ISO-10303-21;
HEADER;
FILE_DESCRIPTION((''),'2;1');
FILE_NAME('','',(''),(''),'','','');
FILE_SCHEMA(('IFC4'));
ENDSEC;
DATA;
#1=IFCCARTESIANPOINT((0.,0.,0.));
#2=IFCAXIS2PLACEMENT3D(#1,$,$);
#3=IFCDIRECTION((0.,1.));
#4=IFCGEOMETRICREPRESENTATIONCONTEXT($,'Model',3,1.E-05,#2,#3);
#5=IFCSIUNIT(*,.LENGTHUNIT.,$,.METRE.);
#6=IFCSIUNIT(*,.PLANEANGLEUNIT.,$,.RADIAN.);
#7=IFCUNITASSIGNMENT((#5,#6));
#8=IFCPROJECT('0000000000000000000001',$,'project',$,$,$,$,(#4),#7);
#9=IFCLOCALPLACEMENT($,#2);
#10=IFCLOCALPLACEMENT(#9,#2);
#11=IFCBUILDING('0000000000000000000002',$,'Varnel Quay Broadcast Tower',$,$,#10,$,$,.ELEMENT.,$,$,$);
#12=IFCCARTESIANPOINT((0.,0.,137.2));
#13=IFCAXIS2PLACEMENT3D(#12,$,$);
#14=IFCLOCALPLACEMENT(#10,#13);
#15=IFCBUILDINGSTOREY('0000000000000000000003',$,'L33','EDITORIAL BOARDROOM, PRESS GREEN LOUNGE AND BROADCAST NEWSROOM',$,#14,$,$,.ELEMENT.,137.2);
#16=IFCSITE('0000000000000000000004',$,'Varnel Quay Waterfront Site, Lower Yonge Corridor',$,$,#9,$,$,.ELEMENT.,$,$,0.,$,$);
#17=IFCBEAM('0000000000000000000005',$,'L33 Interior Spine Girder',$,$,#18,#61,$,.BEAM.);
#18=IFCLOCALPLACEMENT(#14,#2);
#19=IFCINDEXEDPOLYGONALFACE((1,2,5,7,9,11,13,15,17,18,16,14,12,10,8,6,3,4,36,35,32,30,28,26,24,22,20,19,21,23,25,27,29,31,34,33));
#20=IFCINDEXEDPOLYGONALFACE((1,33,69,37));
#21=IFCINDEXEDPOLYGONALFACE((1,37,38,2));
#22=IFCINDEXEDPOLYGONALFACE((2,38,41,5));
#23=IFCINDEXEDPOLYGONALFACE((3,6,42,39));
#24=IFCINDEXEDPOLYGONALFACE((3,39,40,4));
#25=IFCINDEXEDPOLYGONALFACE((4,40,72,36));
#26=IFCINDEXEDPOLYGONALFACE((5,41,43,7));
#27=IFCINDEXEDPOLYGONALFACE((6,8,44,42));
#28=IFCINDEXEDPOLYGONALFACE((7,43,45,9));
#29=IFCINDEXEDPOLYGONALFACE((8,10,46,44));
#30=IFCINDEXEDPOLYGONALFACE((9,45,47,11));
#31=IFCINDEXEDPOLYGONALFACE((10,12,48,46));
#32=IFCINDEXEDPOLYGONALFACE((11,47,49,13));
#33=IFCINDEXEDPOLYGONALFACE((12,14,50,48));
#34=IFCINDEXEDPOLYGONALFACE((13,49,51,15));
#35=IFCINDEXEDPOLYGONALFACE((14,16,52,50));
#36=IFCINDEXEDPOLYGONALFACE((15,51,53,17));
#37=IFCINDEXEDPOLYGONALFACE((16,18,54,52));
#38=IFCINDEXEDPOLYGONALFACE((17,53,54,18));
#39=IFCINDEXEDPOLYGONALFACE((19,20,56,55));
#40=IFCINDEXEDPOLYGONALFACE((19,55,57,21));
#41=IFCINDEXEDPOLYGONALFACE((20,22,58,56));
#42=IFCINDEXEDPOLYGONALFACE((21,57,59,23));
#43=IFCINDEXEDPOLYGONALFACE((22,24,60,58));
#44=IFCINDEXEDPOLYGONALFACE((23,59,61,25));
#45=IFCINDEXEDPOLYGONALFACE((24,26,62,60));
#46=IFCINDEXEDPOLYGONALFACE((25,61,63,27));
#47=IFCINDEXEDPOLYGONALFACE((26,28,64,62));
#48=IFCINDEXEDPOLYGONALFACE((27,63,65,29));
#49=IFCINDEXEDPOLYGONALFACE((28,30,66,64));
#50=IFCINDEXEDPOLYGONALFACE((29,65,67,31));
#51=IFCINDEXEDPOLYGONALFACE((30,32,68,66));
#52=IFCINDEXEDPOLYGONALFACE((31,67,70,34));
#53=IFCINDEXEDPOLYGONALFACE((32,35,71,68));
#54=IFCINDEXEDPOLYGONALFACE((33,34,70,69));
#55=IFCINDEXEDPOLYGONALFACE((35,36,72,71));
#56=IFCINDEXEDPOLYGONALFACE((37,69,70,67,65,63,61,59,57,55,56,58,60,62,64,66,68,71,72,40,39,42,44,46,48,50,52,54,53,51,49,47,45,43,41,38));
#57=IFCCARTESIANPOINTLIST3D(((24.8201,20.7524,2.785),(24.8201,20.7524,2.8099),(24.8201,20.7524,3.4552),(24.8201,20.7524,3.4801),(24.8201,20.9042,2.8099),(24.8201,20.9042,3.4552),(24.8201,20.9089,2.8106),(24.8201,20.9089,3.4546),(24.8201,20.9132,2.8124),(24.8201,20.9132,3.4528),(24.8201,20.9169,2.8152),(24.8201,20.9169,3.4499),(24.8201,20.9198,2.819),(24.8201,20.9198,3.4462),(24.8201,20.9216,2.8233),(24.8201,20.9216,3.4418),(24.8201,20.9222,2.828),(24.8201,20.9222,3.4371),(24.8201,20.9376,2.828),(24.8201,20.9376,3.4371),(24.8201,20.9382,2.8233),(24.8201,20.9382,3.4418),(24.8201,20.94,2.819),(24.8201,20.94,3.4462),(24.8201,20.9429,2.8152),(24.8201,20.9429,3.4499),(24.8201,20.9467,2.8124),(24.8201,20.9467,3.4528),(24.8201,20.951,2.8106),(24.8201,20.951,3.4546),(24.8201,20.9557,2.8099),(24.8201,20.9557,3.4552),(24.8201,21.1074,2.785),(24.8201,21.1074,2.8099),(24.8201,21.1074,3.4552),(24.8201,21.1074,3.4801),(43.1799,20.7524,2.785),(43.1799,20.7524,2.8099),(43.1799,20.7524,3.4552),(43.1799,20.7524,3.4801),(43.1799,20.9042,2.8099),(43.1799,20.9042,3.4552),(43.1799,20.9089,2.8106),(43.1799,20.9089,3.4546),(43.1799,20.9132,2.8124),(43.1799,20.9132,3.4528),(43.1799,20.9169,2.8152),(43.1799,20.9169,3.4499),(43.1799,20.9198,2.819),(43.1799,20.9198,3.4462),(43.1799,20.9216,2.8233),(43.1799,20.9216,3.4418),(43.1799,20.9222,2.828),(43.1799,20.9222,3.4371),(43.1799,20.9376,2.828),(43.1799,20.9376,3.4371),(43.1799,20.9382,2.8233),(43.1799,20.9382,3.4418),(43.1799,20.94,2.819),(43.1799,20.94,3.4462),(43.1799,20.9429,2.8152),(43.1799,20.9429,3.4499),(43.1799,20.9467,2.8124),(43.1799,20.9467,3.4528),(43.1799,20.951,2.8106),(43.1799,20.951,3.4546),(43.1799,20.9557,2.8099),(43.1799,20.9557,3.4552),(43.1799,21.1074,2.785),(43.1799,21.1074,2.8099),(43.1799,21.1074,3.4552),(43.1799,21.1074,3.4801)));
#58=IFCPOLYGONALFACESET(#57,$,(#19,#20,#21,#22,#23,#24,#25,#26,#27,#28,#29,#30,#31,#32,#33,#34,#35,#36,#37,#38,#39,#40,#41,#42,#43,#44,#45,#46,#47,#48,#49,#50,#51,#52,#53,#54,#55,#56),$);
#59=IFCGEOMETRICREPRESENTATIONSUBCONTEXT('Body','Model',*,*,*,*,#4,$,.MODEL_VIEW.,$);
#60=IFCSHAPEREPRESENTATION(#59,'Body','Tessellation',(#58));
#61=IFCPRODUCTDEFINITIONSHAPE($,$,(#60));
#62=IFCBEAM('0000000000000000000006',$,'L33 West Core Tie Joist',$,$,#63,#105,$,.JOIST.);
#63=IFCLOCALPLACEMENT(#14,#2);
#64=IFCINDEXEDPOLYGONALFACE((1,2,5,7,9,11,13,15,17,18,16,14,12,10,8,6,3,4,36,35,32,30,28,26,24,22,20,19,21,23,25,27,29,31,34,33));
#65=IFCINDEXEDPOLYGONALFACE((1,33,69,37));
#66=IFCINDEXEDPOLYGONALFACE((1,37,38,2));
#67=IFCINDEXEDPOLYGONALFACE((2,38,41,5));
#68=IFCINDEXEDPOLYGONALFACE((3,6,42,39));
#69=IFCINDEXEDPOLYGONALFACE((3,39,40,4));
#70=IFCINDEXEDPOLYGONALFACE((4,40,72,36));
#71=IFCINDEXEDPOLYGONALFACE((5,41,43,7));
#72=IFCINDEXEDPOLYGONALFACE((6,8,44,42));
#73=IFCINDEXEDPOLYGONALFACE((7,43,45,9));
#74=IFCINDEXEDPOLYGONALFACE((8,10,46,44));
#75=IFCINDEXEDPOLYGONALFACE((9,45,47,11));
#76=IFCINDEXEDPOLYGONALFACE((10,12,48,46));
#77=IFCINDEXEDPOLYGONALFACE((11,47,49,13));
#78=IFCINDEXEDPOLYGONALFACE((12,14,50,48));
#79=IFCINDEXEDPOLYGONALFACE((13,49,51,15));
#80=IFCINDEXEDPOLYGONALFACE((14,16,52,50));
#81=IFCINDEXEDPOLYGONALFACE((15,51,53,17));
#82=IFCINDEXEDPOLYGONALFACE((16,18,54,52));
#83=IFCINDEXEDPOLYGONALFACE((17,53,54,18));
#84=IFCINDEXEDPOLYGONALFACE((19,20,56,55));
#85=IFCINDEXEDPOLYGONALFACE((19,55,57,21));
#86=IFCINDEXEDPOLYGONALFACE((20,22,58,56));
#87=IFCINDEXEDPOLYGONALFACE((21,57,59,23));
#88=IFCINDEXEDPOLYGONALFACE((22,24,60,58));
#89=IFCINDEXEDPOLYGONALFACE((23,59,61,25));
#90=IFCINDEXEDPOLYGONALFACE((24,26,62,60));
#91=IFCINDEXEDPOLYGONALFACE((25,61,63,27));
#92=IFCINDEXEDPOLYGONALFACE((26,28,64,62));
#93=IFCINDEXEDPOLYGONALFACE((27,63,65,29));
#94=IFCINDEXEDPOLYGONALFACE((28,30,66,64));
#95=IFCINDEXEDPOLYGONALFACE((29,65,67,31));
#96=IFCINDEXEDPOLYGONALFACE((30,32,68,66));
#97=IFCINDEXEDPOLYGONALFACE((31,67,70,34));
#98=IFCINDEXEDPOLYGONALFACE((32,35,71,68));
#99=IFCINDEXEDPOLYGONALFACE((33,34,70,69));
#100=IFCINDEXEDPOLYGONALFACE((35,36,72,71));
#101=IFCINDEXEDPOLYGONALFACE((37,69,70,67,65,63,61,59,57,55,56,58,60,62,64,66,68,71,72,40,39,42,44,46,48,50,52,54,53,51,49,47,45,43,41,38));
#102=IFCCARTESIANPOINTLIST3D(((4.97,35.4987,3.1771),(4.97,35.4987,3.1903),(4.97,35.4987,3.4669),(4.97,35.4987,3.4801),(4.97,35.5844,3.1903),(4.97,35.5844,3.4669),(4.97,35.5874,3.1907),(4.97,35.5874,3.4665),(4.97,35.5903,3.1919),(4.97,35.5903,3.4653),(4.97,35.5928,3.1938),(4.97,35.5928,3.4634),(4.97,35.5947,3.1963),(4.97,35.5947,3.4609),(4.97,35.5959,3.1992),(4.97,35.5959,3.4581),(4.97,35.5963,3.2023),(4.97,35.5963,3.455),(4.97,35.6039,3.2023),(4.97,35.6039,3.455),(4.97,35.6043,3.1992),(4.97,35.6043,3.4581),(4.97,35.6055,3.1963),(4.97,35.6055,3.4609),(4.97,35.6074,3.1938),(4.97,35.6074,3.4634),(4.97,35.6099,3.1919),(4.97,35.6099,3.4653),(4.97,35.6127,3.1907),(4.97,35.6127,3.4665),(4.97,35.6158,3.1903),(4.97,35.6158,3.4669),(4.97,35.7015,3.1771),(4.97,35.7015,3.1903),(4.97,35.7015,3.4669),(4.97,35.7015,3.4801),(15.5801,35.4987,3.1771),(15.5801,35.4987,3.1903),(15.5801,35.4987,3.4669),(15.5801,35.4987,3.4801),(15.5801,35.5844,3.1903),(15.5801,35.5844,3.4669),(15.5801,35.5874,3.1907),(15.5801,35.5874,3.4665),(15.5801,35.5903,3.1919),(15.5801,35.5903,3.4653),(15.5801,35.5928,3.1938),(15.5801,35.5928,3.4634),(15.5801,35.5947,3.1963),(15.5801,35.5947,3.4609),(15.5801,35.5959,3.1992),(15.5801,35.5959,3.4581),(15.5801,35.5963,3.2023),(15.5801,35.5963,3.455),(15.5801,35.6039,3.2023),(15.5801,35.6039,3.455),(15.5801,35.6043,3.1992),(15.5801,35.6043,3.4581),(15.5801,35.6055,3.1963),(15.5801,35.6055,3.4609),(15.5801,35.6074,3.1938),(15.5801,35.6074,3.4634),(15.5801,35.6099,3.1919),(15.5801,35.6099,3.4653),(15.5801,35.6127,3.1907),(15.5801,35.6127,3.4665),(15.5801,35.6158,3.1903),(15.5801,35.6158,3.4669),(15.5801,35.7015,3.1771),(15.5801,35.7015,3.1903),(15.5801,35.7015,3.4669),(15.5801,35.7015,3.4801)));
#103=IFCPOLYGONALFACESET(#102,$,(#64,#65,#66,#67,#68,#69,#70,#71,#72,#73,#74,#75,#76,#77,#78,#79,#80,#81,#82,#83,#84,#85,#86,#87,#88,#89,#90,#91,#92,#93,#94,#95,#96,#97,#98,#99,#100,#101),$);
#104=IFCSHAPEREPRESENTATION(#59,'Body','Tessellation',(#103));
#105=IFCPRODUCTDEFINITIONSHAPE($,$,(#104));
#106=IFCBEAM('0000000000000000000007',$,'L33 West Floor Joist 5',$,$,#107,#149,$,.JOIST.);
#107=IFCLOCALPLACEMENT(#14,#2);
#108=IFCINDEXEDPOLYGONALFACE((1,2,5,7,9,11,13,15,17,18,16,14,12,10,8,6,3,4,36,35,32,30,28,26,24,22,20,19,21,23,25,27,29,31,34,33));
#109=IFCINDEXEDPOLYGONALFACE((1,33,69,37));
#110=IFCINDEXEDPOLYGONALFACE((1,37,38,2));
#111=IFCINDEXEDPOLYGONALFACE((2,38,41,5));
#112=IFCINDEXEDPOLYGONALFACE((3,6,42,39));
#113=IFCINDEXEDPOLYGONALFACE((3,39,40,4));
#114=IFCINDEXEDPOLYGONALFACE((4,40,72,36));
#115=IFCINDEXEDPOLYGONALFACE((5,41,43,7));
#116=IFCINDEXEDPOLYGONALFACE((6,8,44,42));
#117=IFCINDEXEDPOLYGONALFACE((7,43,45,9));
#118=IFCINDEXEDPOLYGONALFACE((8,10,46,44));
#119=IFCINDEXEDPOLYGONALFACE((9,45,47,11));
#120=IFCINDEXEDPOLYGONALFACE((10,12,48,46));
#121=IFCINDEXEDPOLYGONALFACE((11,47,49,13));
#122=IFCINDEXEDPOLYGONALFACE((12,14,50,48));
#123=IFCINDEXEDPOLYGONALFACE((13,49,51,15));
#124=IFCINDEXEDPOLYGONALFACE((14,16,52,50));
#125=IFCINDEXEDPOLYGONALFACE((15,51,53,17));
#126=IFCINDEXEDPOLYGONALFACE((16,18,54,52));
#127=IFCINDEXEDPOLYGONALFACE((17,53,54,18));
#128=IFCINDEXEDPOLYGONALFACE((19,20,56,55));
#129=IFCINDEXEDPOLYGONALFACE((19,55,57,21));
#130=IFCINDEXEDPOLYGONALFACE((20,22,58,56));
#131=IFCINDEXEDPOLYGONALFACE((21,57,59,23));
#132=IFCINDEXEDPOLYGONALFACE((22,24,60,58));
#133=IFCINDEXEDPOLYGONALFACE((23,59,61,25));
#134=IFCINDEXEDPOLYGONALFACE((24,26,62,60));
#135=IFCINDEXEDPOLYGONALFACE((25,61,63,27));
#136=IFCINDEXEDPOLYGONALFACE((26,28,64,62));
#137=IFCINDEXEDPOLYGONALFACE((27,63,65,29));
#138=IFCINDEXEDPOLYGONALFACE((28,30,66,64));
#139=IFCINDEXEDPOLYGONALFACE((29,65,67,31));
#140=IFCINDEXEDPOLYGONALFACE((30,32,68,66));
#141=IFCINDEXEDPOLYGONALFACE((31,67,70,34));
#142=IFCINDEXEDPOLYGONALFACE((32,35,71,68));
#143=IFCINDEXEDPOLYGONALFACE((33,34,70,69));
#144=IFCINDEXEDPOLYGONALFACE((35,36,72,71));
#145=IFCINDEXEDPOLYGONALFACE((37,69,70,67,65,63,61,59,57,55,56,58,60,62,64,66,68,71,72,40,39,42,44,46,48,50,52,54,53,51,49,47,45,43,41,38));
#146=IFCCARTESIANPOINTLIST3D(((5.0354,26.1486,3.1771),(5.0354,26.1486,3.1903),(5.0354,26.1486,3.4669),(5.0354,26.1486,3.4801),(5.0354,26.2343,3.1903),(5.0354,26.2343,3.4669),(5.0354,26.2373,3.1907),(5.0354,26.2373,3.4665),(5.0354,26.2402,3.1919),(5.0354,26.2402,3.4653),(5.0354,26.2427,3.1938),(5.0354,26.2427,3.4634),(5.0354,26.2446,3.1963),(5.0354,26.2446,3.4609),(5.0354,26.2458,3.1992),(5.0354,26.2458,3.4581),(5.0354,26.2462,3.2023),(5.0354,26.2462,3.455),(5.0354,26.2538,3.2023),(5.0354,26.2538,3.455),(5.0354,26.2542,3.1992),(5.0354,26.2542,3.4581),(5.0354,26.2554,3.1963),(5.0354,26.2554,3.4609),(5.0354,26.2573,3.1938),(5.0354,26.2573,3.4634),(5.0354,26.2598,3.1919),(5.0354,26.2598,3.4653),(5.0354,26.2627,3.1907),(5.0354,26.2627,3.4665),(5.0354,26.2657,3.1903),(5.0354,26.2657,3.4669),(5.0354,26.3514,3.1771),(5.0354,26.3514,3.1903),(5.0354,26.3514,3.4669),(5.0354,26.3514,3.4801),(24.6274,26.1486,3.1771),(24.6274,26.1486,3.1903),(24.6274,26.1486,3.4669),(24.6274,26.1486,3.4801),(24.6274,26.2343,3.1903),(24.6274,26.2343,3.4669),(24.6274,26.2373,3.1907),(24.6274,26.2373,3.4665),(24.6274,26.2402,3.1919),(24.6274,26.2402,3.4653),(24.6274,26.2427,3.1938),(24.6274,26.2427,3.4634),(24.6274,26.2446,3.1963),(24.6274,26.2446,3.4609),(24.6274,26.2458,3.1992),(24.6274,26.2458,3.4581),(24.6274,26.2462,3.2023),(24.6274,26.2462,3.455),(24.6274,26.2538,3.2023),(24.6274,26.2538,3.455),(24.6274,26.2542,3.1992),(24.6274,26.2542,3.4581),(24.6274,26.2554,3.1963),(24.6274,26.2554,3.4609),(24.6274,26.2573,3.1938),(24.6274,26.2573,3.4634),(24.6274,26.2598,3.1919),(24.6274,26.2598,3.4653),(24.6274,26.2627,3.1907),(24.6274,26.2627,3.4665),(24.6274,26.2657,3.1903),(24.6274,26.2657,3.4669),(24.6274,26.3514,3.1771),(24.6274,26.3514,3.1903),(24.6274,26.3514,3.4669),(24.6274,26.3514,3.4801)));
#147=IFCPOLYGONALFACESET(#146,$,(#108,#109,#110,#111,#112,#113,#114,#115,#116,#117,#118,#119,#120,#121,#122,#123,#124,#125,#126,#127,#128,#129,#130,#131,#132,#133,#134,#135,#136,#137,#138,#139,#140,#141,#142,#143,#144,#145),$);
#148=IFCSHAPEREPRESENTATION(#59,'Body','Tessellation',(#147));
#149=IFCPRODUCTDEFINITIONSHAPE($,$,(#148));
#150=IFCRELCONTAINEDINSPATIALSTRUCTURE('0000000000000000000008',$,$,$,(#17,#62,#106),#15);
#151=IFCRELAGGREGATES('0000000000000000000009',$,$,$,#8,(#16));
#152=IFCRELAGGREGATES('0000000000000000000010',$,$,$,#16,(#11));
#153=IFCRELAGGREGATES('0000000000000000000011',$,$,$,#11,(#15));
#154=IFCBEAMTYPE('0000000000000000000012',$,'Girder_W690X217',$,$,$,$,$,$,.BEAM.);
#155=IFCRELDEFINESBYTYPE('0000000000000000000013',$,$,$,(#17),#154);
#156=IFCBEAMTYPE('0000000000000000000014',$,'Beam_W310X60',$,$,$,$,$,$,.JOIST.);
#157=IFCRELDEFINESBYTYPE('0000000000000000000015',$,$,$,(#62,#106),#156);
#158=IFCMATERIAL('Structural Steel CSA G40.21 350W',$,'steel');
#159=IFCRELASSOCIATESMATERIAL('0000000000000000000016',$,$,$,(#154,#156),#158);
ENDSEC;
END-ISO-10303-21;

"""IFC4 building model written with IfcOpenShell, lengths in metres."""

from ifc_helpers import new_model, si_unit, direction, frame, origin, origin_2d, place, context, subcontext, project, spatial, i_section, extrude, source, transform, mapped, material, material_profile, profile_set, type_object, element, save


model = new_model("IFC4")

# Units and contexts
model_context = context("Model", 3, precision=1e-05, world=origin(), true_north=direction((0.0, 1.0)))
body_context = subcontext(model_context, "Body", "Model", "MODEL_VIEW")
ifc_project = project(units=[si_unit("LENGTHUNIT", "METRE"), si_unit("PLANEANGLEUNIT", "RADIAN")], contexts=[model_context])

# Site, building, storey
site_placement = place(None, origin())
site = spatial("IfcSite", under=ifc_project, at=site_placement, Name="Varnel Quay Waterfront Site, Lower Yonge Corridor", CompositionType="ELEMENT", RefElevation=0.0)
building_placement = place(site_placement, origin())
building = spatial("IfcBuilding", under=site, at=building_placement, Name="Varnel Quay Broadcast Tower", CompositionType="ELEMENT")
storey_placement = place(building_placement, frame((0.0, 0.0, 137.2)))
storey = spatial("IfcBuildingStorey", under=building, at=storey_placement, Name="L33", Description="EDITORIAL BOARDROOM, PRESS GREEN LOUNGE AND BROADCAST NEWSROOM", CompositionType="ELEMENT", Elevation=137.2)

# Shared definitions
ifc_material_1 = material(Name="Structural Steel CSA G40.21 350W", Category="steel")

# Beams
ifc_material_profile_1 = material_profile(ifc_material_1, i_section(OverallWidth=0.355, OverallDepth=0.6951, WebThickness=0.0154, FlangeThickness=0.0249, FilletRadius=0.0181, at=origin_2d()), Name="W690X217")
ifc_profile_set_1 = profile_set([ifc_material_profile_1], Name="Structural Steel CSA G40.21 350W")
beam_type_1 = type_object("IfcBeamType", Name="Girder_W690X217", PredefinedType="BEAM", material=ifc_profile_set_1)
shared_shape_1 = source(origin(), body_context, "Body", "SweptSolid", [
    extrude(i_section(OverallWidth=0.355, OverallDepth=0.6951, WebThickness=0.0154, FlangeThickness=0.0249, FilletRadius=0.0181, at=origin_2d()), origin(), (0.0, 0.0, 1.0), 18.3599),
])
beam_1_placement = place(storey_placement, frame((24.8201, 20.9299, 3.1326), z_axis=(1.0, 0.0, 0.0), x_axis=(0.0, 1.0, 0.0)))
element("IfcBeam", 1, at=beam_1_placement, inside=storey, type_object=beam_type_1, Name="L33 Interior Spine Girder", PredefinedType="BEAM", context=body_context, shape_type="MappedRepresentation", body=[
    mapped(shared_shape_1, transform((0.0, 0.0, 0.0), x_axis=(1.0, 0.0, 0.0), y_axis=(0.0, 1.0, 0.0), z_axis=(0.0, 0.0, 1.0), scale=1.0)),
])
ifc_material_profile_2 = material_profile(ifc_material_1, i_section(OverallWidth=0.2029, OverallDepth=0.303, WebThickness=0.0076, FlangeThickness=0.0132, FilletRadius=0.012, at=origin_2d()), Name="W310X60")
ifc_profile_set_2 = profile_set([ifc_material_profile_2], Name="Structural Steel CSA G40.21 350W")
beam_type_2 = type_object("IfcBeamType", Name="Beam_W310X60", PredefinedType="JOIST", material=ifc_profile_set_2)
shared_shape_2 = source(origin(), body_context, "Body", "SweptSolid", [
    extrude(i_section(OverallWidth=0.2029, OverallDepth=0.303, WebThickness=0.0076, FlangeThickness=0.0132, FilletRadius=0.012, at=origin_2d()), origin(), (0.0, 0.0, 1.0), 10.6101),
])
beam_2_placement = place(storey_placement, frame((4.97, 35.6001, 3.3286), z_axis=(1.0, 0.0, 0.0), x_axis=(0.0, 1.0, 0.0)))
element("IfcBeam", 2, at=beam_2_placement, inside=storey, type_object=beam_type_2, Name="L33 West Core Tie Joist", PredefinedType="JOIST", context=body_context, shape_type="MappedRepresentation", body=[
    mapped(shared_shape_2, transform((0.0, 0.0, 0.0), x_axis=(1.0, 0.0, 0.0), y_axis=(0.0, 1.0, 0.0), z_axis=(0.0, 0.0, 1.0), scale=1.0)),
])
shared_shape_3 = source(origin(), body_context, "Body", "SweptSolid", [
    extrude(i_section(OverallWidth=0.2029, OverallDepth=0.303, WebThickness=0.0076, FlangeThickness=0.0132, FilletRadius=0.012, at=origin_2d()), origin(), (0.0, 0.0, 1.0), 19.592),
])
beam_3_placement = place(storey_placement, frame((5.0354, 26.25, 3.3286), z_axis=(1.0, 0.0, 0.0), x_axis=(0.0, 1.0, 0.0)))
element("IfcBeam", 3, at=beam_3_placement, inside=storey, type_object=beam_type_2, Name="L33 West Floor Joist 5", PredefinedType="JOIST", context=body_context, shape_type="MappedRepresentation", body=[
    mapped(shared_shape_3, transform((0.0, 0.0, 0.0), x_axis=(1.0, 0.0, 0.0), y_axis=(0.0, 1.0, 0.0), z_axis=(0.0, 0.0, 1.0), scale=1.0)),
])

save(model, "model.ifc")
